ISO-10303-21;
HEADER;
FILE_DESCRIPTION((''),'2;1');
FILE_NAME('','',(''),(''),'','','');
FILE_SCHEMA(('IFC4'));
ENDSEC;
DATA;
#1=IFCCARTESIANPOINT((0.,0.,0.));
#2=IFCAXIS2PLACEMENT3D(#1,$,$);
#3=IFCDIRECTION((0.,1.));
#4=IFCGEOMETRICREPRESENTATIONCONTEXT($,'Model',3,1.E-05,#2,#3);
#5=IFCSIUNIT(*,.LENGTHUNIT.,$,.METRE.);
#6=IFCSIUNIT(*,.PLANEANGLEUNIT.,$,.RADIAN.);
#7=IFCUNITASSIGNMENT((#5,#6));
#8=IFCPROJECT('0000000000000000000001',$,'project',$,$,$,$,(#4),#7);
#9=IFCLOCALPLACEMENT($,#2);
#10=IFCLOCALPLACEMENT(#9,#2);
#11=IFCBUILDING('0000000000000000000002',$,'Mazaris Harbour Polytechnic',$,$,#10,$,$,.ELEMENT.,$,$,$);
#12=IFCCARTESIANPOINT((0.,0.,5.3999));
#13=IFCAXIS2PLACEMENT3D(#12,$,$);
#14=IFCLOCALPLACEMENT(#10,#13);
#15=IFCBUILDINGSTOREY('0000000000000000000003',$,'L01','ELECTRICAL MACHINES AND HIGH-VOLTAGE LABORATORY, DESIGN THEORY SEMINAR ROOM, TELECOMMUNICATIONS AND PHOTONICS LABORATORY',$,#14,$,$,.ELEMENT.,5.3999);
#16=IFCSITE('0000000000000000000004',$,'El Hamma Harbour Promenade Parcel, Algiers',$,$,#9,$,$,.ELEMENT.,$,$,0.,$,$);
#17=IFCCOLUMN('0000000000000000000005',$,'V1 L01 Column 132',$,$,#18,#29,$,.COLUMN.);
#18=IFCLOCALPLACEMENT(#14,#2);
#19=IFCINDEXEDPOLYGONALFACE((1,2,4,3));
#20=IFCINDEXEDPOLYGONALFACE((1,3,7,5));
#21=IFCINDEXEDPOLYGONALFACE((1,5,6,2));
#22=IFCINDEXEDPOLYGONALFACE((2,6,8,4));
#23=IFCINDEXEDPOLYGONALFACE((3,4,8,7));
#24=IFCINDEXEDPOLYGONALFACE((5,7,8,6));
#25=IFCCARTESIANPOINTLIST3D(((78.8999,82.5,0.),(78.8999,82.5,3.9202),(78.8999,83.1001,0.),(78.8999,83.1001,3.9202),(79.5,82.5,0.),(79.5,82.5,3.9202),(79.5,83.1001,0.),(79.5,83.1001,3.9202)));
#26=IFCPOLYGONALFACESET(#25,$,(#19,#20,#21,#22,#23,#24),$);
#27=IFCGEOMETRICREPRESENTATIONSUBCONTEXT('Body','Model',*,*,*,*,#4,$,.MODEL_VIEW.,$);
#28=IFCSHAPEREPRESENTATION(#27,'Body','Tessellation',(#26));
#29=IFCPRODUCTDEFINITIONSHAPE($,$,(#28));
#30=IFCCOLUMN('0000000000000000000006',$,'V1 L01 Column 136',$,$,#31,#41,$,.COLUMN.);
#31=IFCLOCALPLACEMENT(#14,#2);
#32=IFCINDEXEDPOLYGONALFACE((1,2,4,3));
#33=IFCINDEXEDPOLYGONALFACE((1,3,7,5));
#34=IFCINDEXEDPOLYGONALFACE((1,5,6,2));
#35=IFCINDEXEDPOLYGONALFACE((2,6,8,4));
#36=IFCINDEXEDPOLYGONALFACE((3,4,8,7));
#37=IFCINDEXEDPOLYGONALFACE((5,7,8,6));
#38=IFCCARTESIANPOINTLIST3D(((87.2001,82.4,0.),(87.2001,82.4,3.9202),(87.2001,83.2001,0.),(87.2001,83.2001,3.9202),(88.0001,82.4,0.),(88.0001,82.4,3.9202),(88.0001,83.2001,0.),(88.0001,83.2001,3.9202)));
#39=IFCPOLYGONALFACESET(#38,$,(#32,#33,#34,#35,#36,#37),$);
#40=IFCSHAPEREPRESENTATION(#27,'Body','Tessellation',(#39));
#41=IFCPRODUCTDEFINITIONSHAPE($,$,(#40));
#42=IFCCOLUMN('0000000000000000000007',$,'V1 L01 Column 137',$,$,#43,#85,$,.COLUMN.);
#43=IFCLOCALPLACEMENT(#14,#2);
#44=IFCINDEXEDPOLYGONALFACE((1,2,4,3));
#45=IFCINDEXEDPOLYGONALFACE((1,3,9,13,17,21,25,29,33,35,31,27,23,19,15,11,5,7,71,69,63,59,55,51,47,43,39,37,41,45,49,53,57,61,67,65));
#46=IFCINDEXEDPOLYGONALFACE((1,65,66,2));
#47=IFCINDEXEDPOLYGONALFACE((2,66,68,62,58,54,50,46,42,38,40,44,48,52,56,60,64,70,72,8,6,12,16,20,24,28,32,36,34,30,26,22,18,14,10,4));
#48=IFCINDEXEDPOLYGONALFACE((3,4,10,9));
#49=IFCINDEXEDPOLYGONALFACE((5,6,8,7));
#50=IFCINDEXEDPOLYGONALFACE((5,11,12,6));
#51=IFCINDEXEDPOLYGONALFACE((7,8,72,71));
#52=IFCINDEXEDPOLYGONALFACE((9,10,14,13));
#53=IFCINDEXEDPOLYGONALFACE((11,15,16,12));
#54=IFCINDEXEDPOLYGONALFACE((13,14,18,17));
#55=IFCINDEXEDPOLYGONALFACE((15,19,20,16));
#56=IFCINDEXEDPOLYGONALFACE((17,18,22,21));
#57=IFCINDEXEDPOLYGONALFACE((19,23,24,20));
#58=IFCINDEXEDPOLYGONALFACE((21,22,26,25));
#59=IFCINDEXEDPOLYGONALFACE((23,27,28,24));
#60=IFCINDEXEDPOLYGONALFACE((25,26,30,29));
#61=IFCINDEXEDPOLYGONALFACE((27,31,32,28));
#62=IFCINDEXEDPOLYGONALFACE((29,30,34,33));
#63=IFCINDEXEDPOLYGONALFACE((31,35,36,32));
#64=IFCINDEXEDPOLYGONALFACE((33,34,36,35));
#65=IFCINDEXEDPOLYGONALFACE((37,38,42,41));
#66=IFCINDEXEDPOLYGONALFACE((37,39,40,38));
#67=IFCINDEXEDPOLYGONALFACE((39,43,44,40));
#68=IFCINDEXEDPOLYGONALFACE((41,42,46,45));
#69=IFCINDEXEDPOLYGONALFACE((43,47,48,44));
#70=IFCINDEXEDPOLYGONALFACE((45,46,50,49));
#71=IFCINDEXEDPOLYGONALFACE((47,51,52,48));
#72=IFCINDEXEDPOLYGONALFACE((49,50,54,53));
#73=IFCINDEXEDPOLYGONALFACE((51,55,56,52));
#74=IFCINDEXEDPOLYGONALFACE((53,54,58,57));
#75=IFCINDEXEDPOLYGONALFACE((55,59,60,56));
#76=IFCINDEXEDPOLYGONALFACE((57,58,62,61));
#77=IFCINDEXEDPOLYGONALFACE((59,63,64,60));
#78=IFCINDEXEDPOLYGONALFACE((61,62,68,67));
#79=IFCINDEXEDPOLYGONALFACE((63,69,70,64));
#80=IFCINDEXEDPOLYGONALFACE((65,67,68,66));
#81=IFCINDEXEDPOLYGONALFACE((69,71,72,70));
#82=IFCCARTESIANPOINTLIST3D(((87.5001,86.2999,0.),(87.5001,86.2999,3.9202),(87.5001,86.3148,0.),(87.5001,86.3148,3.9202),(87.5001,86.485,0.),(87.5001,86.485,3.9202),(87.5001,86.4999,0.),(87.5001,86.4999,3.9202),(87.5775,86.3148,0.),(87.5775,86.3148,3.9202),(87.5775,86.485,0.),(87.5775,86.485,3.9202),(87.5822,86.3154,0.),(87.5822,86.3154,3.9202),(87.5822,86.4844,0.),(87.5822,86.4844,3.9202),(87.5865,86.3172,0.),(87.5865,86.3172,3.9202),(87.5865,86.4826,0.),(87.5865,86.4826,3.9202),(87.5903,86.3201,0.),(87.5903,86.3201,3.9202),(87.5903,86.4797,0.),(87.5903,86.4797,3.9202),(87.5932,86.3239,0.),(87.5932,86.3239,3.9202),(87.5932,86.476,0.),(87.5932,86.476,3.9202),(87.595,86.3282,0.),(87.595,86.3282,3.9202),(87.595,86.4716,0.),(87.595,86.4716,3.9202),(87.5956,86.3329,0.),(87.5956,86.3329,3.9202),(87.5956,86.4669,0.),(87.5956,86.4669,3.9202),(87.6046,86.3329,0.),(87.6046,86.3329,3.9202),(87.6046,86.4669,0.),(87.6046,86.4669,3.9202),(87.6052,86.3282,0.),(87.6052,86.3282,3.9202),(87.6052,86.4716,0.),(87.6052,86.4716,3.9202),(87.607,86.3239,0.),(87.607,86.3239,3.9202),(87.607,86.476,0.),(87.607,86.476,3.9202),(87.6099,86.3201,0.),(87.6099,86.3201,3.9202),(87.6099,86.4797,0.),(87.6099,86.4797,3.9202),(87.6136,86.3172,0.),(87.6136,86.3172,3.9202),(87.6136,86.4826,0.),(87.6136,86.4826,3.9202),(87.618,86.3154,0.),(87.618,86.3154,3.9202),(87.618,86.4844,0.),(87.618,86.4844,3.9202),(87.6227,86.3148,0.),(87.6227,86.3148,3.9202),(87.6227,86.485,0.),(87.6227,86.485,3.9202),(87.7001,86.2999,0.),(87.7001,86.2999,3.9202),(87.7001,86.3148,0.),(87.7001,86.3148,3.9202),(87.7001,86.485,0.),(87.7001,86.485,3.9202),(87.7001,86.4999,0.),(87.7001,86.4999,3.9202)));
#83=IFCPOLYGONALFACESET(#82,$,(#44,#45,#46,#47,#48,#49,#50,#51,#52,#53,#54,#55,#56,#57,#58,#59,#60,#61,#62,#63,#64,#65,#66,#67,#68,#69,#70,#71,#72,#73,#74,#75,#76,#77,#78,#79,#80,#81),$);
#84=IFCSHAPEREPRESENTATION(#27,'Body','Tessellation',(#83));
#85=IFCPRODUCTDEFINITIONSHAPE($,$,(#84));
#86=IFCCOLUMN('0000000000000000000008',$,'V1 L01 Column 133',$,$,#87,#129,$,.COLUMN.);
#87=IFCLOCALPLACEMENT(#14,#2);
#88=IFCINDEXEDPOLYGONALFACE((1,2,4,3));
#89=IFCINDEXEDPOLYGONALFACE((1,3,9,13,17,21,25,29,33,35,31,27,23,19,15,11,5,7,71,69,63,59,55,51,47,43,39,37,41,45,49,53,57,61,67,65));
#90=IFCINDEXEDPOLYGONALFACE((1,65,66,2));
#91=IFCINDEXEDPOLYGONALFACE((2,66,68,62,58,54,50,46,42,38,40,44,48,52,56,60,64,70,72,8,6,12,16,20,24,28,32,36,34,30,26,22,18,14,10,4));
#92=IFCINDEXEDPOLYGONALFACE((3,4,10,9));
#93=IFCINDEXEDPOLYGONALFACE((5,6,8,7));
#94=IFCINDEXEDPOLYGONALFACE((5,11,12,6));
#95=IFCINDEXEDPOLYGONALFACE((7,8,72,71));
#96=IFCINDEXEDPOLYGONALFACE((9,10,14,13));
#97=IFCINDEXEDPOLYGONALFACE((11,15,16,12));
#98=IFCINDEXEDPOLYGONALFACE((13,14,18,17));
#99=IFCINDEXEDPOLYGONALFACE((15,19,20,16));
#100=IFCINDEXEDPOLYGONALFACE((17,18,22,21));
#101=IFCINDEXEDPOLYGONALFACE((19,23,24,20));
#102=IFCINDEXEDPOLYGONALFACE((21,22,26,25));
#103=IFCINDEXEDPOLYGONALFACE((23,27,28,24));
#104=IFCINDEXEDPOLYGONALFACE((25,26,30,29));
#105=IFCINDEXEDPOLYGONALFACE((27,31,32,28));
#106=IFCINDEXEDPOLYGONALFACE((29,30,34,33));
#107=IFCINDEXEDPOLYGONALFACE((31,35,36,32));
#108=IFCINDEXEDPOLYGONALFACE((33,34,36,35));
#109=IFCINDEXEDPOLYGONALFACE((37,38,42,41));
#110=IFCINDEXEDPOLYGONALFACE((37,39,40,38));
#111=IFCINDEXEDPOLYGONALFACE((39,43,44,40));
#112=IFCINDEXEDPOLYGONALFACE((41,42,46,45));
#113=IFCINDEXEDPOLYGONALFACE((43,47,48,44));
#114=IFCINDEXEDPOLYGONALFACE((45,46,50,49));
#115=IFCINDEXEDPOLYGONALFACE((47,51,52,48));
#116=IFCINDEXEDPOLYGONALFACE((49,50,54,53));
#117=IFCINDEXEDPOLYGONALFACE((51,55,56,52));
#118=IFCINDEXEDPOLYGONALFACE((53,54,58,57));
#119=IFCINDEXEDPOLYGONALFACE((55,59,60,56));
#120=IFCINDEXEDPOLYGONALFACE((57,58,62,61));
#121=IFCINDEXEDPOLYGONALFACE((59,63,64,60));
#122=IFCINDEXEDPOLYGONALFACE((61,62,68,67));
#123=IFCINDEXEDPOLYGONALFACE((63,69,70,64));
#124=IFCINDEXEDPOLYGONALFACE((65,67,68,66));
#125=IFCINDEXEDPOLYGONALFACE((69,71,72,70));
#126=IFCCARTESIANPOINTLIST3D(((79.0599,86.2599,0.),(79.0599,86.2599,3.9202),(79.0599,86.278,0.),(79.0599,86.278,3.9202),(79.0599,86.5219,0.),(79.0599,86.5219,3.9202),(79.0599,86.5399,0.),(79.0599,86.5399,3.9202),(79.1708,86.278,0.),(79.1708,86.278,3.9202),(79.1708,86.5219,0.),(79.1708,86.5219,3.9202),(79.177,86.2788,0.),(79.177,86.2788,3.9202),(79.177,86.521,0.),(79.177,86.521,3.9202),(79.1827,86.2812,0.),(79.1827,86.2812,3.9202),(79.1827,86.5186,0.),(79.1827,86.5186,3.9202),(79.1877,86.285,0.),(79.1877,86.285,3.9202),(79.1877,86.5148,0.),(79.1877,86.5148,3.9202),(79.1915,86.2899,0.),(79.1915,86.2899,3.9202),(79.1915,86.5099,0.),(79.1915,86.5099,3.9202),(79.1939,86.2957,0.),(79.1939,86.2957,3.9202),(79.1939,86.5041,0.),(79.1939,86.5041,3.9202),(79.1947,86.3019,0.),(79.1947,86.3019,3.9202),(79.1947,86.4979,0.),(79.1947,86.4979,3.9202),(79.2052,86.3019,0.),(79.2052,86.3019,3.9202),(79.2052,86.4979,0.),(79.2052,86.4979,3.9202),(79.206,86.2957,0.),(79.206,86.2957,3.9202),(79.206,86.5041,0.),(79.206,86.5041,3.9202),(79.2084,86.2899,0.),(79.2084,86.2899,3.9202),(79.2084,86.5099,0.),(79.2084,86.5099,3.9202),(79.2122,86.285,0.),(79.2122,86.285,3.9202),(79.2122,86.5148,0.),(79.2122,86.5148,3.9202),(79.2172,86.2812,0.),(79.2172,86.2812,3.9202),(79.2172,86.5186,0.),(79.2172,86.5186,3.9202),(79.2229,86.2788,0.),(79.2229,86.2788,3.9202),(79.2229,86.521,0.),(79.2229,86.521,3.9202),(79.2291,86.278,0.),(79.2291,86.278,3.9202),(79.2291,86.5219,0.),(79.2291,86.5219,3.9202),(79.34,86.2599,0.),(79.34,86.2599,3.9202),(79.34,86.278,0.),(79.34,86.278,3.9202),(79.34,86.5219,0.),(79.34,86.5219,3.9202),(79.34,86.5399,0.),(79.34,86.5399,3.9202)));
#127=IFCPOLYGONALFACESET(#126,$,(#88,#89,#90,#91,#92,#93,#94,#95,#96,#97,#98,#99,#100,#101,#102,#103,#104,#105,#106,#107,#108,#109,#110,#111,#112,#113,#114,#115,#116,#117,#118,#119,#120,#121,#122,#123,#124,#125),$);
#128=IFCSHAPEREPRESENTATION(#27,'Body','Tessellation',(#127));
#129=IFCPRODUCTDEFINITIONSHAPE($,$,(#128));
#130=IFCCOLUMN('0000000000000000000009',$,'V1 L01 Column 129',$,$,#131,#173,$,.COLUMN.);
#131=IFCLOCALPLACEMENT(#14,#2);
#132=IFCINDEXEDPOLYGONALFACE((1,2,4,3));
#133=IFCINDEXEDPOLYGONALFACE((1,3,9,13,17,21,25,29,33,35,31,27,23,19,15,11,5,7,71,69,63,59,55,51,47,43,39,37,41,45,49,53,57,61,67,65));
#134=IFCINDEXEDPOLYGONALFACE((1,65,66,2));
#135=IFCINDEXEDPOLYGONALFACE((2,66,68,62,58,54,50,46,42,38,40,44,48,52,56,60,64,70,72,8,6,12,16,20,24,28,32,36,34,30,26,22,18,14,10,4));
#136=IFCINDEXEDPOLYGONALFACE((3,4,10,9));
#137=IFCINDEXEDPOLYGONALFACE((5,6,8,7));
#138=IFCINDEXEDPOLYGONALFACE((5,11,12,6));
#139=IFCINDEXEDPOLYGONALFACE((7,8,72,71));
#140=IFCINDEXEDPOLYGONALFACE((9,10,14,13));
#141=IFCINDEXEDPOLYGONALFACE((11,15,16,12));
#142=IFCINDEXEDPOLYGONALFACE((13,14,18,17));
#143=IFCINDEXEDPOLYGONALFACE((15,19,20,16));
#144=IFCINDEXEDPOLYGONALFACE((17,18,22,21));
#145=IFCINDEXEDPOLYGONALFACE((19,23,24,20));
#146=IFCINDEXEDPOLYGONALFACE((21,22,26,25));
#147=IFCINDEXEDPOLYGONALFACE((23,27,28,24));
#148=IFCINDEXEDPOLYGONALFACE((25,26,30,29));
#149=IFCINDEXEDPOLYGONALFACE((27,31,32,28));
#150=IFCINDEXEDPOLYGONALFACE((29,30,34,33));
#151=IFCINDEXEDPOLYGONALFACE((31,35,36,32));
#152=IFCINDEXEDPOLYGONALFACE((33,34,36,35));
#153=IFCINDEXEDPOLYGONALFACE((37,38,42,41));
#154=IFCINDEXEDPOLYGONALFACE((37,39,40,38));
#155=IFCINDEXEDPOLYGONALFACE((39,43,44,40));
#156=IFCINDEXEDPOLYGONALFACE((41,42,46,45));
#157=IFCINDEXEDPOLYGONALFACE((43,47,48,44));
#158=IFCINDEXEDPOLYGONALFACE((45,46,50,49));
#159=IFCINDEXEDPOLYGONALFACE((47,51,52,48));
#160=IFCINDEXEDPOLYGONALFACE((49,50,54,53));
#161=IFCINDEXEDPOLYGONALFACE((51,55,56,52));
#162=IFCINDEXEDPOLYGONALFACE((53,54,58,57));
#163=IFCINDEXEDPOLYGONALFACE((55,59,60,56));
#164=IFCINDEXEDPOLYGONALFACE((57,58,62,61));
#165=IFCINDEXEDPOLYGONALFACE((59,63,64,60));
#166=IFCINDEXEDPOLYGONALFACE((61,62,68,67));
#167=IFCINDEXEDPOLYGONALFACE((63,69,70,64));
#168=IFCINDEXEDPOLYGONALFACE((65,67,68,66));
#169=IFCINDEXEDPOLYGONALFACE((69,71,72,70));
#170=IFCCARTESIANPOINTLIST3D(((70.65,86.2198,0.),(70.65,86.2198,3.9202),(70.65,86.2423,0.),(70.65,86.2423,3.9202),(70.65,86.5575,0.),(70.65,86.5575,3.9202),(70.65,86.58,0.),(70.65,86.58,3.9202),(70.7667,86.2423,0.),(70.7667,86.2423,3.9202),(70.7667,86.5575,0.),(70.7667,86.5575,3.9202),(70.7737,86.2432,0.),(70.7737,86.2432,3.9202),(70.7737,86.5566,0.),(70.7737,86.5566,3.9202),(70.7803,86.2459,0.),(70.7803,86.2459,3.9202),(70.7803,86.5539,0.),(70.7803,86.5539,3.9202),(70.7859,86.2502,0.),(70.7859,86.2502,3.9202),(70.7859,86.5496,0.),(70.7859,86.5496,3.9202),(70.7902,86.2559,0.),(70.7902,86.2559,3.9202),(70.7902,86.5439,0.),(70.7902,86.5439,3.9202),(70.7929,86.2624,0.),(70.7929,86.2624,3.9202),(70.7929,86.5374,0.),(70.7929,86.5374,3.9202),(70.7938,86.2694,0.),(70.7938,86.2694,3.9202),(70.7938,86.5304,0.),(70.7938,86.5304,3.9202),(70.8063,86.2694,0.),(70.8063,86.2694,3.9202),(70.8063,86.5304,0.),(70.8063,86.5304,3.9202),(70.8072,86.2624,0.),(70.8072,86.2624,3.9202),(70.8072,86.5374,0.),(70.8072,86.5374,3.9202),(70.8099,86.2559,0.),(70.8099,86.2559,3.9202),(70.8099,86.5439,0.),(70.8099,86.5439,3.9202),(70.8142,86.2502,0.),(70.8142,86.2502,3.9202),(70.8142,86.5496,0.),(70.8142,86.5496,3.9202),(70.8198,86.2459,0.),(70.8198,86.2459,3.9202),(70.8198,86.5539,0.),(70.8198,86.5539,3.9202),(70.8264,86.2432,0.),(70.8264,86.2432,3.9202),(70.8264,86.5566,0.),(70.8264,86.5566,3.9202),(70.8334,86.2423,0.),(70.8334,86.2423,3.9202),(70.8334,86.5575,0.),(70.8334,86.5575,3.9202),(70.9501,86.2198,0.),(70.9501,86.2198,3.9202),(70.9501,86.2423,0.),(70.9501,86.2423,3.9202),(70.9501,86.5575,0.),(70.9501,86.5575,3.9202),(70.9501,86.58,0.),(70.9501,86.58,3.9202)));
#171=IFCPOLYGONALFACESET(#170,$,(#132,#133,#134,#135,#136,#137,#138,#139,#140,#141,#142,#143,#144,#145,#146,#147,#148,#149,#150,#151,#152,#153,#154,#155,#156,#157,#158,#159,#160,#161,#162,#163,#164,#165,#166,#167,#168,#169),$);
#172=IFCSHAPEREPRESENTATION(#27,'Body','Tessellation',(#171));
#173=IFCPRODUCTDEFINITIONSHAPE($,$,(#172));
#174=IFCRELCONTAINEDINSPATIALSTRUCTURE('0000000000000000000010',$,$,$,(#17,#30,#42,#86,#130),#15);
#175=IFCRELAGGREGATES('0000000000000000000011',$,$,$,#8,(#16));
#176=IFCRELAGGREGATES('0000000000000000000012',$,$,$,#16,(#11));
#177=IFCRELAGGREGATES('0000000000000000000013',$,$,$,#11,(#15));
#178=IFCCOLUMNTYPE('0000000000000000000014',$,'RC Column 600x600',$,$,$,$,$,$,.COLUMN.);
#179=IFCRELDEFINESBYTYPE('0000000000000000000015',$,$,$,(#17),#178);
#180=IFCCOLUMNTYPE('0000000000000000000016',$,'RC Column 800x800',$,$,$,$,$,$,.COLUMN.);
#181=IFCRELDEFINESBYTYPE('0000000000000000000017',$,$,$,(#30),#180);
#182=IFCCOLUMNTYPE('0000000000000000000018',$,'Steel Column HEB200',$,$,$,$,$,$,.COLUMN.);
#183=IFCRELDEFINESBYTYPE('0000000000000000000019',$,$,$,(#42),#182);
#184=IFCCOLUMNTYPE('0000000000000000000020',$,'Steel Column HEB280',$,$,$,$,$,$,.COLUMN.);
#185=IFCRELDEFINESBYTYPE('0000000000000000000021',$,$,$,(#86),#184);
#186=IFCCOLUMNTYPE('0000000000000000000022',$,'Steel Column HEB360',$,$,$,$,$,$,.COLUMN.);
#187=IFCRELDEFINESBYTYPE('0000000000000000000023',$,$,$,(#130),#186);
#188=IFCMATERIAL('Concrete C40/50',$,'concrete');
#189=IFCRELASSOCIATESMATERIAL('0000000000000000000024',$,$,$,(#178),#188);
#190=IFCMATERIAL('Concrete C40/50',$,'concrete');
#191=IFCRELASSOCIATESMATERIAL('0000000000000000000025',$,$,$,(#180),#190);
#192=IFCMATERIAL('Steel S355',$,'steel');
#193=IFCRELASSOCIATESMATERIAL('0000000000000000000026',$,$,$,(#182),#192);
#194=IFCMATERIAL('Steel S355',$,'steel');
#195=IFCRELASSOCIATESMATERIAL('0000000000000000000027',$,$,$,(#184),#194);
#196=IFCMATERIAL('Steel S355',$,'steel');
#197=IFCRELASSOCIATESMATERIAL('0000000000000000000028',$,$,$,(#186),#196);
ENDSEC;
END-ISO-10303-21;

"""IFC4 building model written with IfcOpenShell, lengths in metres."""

from ifc_helpers import new_model, si_unit, direction, frame, origin, origin_2d, place, context, subcontext, project, spatial, rectangle, i_section, extrude, material, material_profile, profile_set, type_object, element, save


model = new_model("IFC4")

# Units and contexts
model_context = context("Model", 3, precision=1e-05, world=origin(), true_north=direction((0.0, 1.0)))
body_context = subcontext(model_context, "Body", "Model", "MODEL_VIEW")
ifc_project = project(units=[si_unit("LENGTHUNIT", "METRE"), si_unit("PLANEANGLEUNIT", "RADIAN")], contexts=[model_context])

# Site, building, storey
site_placement = place(None, origin())
site = spatial("IfcSite", under=ifc_project, at=site_placement, Name="El Hamma Harbour Promenade Parcel, Algiers", CompositionType="ELEMENT", RefElevation=0.0)
building_placement = place(site_placement, origin())
building = spatial("IfcBuilding", under=site, at=building_placement, Name="Mazaris Harbour Polytechnic", CompositionType="ELEMENT")
storey_placement = place(building_placement, frame((0.0, 0.0, 5.3999)))
storey = spatial("IfcBuildingStorey", under=building, at=storey_placement, Name="L01", Description="ELECTRICAL MACHINES AND HIGH-VOLTAGE LABORATORY, DESIGN THEORY SEMINAR ROOM, TELECOMMUNICATIONS AND PHOTONICS LABORATORY", CompositionType="ELEMENT", Elevation=5.3999)

# Columns
ifc_material_1 = material(Name="Concrete C40/50", Category="concrete")
ifc_material_profile_1 = material_profile(ifc_material_1, rectangle(XDim=0.6001, YDim=0.6001, at=origin_2d()), Name="RECT600x600")
ifc_profile_set_1 = profile_set([ifc_material_profile_1], Name="Concrete C40/50")
column_type_1 = type_object("IfcColumnType", Name="RC Column 600x600", PredefinedType="COLUMN", material=ifc_profile_set_1)
column_1_placement = place(storey_placement, frame((79.2, 82.8, 0.0), z_axis=(0.0, 0.0, 1.0), x_axis=(1.0, 0.0, 0.0)))
element("IfcColumn", 1, at=column_1_placement, inside=storey, type_object=column_type_1, Name="V1 L01 Column 132", PredefinedType="COLUMN", context=body_context, shape_type="SweptSolid", body=[
    extrude(rectangle(XDim=0.6001, YDim=0.6001, at=origin_2d()), origin(), (0.0, 0.0, 1.0), 3.9202),
])
ifc_material_2 = material(Name="Concrete C40/50", Category="concrete")
ifc_material_profile_2 = material_profile(ifc_material_2, rectangle(XDim=0.8, YDim=0.8, at=origin_2d()), Name="RECT800x800")
ifc_profile_set_2 = profile_set([ifc_material_profile_2], Name="Concrete C40/50")
column_type_2 = type_object("IfcColumnType", Name="RC Column 800x800", PredefinedType="COLUMN", material=ifc_profile_set_2)
column_2_placement = place(storey_placement, frame((87.6001, 82.8, 0.0), z_axis=(0.0, 0.0, 1.0), x_axis=(1.0, 0.0, 0.0)))
element("IfcColumn", 2, at=column_2_placement, inside=storey, type_object=column_type_2, Name="V1 L01 Column 136", PredefinedType="COLUMN", context=body_context, shape_type="SweptSolid", body=[
    extrude(rectangle(XDim=0.8, YDim=0.8, at=origin_2d()), origin(), (0.0, 0.0, 1.0), 3.9202),
])
ifc_material_3 = material(Name="Steel S355", Category="steel")
ifc_material_profile_3 = material_profile(ifc_material_3, i_section(OverallWidth=0.2, OverallDepth=0.2, WebThickness=0.009, FlangeThickness=0.0149, FilletRadius=0.0181, at=origin_2d()), Name="HEB 200")
ifc_profile_set_3 = profile_set([ifc_material_profile_3], Name="Steel S355")
column_type_3 = type_object("IfcColumnType", Name="Steel Column HEB200", PredefinedType="COLUMN", material=ifc_profile_set_3)
column_3_placement = place(storey_placement, frame((87.6001, 86.3999, 0.0), z_axis=(0.0, 0.0, 1.0), x_axis=(1.0, 0.0, 0.0)))
element("IfcColumn", 3, at=column_3_placement, inside=storey, type_object=column_type_3, Name="V1 L01 Column 137", PredefinedType="COLUMN", context=body_context, shape_type="SweptSolid", body=[
    extrude(i_section(OverallWidth=0.2, OverallDepth=0.2, WebThickness=0.009, FlangeThickness=0.0149, FilletRadius=0.0181, at=origin_2d()), origin(), (0.0, 0.0, 1.0), 3.9202),
])
ifc_material_4 = material(Name="Steel S355", Category="steel")
ifc_material_profile_4 = material_profile(ifc_material_4, i_section(OverallWidth=0.28, OverallDepth=0.28, WebThickness=0.0105, FlangeThickness=0.0181, FilletRadius=0.0239, at=origin_2d()), Name="HEB 280")
ifc_profile_set_4 = profile_set([ifc_material_profile_4], Name="Steel S355")
column_type_4 = type_object("IfcColumnType", Name="Steel Column HEB280", PredefinedType="COLUMN", material=ifc_profile_set_4)
column_4_placement = place(storey_placement, frame((79.2, 86.3999, 0.0), z_axis=(0.0, 0.0, 1.0), x_axis=(1.0, 0.0, 0.0)))
element("IfcColumn", 4, at=column_4_placement, inside=storey, type_object=column_type_4, Name="V1 L01 Column 133", PredefinedType="COLUMN", context=body_context, shape_type="SweptSolid", body=[
    extrude(i_section(OverallWidth=0.28, OverallDepth=0.28, WebThickness=0.0105, FlangeThickness=0.0181, FilletRadius=0.0239, at=origin_2d()), origin(), (0.0, 0.0, 1.0), 3.9202),
])
ifc_material_5 = material(Name="Steel S355", Category="steel")
ifc_material_profile_5 = material_profile(ifc_material_5, i_section(OverallWidth=0.3, OverallDepth=0.3601, WebThickness=0.0125, FlangeThickness=0.0225, FilletRadius=0.0271, at=origin_2d()), Name="HEB 360")
ifc_profile_set_5 = profile_set([ifc_material_profile_5], Name="Steel S355")
column_type_5 = type_object("IfcColumnType", Name="Steel Column HEB360", PredefinedType="COLUMN", material=ifc_profile_set_5)
column_5_placement = place(storey_placement, frame((70.8, 86.3999, 0.0), z_axis=(0.0, 0.0, 1.0), x_axis=(1.0, 0.0, 0.0)))
element("IfcColumn", 5, at=column_5_placement, inside=storey, type_object=column_type_5, Name="V1 L01 Column 129", PredefinedType="COLUMN", context=body_context, shape_type="SweptSolid", body=[
    extrude(i_section(OverallWidth=0.3, OverallDepth=0.3601, WebThickness=0.0125, FlangeThickness=0.0225, FilletRadius=0.0271, at=origin_2d()), origin(), (0.0, 0.0, 1.0), 3.9202),
])

save(model, "model.ifc")
